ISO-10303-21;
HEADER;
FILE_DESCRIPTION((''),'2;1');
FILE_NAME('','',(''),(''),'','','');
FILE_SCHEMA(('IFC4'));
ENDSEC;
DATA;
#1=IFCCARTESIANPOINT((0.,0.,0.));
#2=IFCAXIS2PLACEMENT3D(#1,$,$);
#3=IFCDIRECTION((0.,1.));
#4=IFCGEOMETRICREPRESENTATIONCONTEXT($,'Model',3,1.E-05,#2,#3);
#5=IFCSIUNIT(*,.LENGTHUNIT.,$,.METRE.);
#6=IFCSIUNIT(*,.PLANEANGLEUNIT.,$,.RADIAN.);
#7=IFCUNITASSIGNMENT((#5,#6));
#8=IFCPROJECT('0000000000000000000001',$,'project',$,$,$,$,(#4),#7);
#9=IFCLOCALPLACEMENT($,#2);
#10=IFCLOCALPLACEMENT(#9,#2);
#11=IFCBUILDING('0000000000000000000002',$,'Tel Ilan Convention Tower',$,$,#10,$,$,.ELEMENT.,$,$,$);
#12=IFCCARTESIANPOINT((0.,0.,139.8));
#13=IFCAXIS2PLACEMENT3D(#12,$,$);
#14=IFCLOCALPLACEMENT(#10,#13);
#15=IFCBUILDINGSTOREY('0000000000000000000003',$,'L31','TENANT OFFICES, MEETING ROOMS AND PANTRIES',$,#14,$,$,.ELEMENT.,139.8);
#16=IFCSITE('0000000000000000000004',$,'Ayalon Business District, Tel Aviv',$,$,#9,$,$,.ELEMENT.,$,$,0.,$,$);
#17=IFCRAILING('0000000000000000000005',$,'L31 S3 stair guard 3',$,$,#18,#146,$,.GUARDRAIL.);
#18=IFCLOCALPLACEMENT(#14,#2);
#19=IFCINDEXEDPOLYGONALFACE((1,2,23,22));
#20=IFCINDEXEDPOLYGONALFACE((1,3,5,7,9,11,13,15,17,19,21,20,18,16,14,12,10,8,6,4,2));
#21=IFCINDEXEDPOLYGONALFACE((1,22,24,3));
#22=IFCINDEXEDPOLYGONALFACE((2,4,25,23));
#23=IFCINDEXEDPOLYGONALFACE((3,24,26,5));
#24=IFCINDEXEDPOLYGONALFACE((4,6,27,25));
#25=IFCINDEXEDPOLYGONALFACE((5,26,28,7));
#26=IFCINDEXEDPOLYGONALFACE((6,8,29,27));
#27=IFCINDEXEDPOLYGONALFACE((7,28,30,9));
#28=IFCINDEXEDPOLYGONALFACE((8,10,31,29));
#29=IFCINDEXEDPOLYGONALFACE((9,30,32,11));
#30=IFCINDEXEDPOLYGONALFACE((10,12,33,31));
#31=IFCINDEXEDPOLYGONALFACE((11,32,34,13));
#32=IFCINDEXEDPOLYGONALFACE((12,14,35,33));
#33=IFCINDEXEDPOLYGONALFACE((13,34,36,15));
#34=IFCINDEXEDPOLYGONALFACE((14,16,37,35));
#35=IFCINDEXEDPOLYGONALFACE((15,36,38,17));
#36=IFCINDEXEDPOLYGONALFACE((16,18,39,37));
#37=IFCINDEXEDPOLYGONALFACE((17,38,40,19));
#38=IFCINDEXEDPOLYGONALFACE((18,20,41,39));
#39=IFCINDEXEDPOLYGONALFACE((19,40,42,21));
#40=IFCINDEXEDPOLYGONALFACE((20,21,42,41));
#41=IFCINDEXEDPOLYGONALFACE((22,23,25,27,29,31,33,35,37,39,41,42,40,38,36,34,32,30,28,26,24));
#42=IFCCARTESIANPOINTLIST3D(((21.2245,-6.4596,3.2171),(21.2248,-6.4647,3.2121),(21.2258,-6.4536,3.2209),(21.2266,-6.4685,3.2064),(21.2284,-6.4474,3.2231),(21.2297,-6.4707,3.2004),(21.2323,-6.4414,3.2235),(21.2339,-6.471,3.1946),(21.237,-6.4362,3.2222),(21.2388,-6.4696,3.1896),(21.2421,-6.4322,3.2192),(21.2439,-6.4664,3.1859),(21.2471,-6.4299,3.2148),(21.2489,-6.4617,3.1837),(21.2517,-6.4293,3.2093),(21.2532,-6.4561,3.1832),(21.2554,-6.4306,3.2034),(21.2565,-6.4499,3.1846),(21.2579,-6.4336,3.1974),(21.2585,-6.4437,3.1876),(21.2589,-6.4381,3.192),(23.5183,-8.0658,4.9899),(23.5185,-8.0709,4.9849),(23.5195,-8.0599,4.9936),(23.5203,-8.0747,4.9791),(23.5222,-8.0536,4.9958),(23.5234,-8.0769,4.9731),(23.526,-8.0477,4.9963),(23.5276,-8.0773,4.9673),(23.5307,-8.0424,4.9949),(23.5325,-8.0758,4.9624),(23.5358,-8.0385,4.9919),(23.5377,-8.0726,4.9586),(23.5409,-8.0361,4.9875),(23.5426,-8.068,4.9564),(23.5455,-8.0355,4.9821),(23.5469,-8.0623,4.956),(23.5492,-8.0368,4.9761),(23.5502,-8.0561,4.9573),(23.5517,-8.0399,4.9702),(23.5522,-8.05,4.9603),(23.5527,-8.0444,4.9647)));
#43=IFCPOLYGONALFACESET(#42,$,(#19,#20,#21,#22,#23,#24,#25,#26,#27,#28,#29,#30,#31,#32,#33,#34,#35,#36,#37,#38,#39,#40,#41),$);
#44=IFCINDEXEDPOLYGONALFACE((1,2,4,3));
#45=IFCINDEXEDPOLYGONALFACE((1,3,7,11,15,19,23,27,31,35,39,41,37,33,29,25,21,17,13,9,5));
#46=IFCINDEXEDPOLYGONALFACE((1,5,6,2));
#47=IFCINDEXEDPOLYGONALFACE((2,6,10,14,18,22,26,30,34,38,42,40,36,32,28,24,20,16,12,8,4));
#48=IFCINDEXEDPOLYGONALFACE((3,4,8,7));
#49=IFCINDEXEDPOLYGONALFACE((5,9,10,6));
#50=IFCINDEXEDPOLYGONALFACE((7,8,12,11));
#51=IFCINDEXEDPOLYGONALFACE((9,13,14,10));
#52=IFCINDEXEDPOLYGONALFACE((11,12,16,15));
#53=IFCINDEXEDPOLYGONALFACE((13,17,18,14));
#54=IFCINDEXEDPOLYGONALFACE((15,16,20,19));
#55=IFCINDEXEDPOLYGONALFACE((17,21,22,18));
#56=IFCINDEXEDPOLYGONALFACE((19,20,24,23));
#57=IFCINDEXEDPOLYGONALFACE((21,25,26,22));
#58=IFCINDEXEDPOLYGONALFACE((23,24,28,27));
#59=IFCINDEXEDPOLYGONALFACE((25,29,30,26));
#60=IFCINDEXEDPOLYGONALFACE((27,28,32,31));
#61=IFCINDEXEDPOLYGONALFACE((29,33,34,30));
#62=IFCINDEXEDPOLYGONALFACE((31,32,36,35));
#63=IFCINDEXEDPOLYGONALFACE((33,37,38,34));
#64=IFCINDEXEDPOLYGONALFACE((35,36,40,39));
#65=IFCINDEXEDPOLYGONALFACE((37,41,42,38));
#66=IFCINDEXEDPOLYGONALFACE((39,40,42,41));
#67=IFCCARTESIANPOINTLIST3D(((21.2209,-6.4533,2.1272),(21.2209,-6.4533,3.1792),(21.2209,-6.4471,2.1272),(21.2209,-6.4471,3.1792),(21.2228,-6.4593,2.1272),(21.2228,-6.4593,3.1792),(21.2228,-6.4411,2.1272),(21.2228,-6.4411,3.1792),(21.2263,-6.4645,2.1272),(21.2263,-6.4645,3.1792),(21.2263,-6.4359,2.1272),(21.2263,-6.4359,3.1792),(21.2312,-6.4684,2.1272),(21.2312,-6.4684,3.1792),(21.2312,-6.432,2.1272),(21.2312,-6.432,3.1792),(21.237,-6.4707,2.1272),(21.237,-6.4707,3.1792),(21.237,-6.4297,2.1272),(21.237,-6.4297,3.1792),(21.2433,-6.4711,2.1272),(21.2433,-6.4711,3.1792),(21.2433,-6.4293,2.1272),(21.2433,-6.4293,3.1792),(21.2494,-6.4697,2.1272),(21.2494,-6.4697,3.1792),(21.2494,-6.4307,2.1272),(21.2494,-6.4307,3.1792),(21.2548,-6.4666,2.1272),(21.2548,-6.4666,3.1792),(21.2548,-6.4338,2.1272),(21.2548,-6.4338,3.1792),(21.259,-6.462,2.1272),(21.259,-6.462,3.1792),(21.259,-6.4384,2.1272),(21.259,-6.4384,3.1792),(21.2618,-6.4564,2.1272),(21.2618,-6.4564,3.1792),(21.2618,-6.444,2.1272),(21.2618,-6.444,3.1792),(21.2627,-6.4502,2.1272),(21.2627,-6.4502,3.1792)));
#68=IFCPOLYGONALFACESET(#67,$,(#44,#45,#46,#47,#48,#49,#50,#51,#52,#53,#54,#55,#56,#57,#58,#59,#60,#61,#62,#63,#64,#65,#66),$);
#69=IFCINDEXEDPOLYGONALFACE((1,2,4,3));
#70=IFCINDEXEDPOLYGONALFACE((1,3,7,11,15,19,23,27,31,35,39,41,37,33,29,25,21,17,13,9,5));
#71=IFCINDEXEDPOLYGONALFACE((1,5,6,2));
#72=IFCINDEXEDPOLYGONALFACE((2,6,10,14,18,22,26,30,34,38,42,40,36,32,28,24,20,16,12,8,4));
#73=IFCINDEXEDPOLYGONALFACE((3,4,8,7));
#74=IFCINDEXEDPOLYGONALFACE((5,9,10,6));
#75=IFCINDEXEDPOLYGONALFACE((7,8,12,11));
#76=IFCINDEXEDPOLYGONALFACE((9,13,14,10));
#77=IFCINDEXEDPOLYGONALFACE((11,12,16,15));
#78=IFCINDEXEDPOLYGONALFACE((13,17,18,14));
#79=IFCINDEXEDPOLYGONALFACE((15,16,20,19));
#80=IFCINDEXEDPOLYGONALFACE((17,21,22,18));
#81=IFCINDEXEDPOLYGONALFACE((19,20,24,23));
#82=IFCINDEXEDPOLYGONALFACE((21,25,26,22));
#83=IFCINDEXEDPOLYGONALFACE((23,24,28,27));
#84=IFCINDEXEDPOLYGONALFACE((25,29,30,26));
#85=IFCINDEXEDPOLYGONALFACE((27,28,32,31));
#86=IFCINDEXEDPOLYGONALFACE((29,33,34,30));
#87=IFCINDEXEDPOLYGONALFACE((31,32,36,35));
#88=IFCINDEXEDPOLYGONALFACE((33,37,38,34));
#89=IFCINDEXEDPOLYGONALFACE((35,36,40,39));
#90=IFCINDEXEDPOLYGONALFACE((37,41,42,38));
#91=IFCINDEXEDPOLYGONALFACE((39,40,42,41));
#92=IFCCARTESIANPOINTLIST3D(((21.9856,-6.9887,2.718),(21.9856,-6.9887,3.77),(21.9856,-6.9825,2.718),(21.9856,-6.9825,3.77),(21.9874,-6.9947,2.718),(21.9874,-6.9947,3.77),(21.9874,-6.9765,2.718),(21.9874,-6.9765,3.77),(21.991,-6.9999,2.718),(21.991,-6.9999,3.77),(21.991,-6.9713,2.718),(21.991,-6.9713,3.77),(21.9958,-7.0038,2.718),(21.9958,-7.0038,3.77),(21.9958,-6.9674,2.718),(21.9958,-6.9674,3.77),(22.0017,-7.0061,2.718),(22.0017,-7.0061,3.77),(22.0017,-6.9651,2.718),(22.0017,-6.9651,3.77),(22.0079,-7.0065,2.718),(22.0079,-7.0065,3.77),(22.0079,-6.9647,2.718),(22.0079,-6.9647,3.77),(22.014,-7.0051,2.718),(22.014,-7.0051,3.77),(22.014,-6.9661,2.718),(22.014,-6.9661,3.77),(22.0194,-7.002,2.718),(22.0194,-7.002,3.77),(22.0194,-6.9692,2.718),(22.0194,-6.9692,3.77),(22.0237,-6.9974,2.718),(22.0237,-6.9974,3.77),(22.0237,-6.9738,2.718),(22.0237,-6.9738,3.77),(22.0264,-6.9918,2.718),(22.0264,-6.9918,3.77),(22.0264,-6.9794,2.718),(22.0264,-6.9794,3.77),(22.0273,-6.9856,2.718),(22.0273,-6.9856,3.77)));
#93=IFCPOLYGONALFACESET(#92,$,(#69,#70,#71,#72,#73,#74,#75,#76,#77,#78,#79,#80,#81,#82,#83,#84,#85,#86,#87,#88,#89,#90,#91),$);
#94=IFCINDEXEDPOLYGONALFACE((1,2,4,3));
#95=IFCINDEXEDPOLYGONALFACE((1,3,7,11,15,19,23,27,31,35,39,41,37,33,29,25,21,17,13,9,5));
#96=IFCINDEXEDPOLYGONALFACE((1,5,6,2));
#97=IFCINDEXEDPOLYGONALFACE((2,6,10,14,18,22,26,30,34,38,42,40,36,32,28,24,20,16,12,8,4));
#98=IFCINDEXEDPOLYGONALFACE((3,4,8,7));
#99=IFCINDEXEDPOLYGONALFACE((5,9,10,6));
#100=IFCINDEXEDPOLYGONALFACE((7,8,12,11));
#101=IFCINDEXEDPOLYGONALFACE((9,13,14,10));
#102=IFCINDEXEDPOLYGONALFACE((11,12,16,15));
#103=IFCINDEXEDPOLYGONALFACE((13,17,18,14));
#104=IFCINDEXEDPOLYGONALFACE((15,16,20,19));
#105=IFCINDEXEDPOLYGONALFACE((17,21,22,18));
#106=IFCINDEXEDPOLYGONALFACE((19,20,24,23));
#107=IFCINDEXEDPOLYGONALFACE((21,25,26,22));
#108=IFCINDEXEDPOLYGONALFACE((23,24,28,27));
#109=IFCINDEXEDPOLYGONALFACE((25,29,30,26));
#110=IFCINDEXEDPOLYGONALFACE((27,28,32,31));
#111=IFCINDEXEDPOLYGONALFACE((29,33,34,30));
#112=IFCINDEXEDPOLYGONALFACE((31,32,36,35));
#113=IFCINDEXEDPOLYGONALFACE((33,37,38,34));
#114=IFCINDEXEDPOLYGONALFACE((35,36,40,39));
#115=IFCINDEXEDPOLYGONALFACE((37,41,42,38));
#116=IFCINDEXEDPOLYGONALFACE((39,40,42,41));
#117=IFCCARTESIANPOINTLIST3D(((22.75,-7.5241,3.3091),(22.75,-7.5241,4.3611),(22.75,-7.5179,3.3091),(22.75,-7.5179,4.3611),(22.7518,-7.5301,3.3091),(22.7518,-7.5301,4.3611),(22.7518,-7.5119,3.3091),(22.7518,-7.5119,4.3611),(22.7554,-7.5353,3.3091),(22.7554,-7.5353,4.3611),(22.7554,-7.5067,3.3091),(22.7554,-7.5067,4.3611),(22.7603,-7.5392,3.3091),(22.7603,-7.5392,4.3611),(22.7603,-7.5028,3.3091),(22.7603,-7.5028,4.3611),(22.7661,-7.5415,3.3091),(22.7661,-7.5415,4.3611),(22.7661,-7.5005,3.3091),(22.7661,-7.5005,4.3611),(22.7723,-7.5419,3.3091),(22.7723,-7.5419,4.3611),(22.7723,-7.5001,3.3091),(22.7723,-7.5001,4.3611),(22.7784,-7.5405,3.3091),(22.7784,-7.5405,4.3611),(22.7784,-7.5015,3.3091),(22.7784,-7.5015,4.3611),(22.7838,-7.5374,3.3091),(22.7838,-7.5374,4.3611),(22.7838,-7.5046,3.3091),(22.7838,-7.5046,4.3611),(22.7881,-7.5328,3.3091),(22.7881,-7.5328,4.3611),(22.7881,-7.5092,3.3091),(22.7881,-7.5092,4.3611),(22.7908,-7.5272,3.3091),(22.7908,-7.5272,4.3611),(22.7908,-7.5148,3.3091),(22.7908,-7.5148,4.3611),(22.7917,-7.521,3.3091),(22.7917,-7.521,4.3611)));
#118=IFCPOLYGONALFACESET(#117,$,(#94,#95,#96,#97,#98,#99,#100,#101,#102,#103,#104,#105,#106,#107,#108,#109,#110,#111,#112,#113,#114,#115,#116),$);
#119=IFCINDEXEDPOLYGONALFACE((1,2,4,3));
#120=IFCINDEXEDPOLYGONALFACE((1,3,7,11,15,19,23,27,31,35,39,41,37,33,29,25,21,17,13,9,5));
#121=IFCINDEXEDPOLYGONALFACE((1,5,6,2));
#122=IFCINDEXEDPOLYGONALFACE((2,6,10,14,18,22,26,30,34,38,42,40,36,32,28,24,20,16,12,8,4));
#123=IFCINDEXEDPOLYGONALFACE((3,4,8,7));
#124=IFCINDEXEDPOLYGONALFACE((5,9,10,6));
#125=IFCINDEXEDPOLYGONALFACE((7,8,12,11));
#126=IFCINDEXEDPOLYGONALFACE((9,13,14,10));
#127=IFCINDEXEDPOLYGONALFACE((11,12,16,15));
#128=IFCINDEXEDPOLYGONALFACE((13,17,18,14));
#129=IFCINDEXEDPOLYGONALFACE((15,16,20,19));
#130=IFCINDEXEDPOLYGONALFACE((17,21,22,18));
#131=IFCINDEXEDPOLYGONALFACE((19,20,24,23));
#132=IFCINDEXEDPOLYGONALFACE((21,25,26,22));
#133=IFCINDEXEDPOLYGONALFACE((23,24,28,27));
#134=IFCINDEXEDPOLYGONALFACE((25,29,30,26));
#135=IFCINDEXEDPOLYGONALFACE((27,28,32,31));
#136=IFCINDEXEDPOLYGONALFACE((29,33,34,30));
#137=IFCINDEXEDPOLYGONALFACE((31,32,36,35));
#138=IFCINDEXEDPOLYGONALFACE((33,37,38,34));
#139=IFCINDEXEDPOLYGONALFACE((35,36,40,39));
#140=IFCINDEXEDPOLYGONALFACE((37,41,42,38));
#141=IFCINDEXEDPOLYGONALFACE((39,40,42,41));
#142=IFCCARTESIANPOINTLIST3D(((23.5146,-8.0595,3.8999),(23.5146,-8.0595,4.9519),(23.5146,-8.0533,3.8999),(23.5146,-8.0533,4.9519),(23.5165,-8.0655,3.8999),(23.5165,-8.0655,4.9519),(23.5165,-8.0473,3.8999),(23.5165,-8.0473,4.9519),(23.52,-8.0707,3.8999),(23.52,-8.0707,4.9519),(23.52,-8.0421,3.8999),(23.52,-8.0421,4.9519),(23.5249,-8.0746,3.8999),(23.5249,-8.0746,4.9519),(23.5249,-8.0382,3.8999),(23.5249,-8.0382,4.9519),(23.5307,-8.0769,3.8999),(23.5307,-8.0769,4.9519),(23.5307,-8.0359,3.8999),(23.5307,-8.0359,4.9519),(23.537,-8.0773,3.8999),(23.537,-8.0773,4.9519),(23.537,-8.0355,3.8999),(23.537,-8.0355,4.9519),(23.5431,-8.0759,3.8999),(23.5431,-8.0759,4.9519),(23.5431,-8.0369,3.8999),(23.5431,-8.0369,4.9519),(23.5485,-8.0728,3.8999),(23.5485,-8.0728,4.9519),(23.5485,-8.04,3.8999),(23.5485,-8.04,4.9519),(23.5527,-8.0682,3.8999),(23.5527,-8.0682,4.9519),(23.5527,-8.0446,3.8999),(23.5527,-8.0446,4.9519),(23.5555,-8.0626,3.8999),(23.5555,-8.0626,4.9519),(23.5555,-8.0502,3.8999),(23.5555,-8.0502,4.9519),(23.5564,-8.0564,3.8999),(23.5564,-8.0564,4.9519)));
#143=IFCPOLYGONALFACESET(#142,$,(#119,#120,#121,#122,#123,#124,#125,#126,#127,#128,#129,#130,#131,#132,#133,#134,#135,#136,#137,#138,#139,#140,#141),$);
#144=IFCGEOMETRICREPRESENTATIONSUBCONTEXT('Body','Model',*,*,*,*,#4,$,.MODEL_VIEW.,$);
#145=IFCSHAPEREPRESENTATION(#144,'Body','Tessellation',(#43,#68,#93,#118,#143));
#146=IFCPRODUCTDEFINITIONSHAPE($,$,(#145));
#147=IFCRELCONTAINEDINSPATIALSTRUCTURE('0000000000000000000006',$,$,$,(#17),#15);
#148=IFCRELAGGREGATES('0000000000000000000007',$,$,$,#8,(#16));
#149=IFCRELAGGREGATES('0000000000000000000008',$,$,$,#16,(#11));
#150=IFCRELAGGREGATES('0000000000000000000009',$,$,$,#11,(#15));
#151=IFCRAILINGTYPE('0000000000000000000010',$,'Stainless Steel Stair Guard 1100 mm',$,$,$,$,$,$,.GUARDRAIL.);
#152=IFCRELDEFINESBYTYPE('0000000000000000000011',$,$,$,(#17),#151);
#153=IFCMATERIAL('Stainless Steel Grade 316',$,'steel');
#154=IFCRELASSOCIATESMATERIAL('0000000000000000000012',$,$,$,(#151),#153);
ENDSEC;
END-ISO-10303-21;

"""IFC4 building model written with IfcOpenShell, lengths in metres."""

from ifc_helpers import new_model, si_unit, direction, frame, origin, origin_2d, place, context, subcontext, project, spatial, circle, extrude, material, type_object, element, save


model = new_model("IFC4")

# Units and contexts
model_context = context("Model", 3, precision=1e-05, world=origin(), true_north=direction((0.0, 1.0)))
body_context = subcontext(model_context, "Body", "Model", "MODEL_VIEW")
ifc_project = project(units=[si_unit("LENGTHUNIT", "METRE"), si_unit("PLANEANGLEUNIT", "RADIAN")], contexts=[model_context])

# Site, building, storey
site_placement = place(None, origin())
site = spatial("IfcSite", under=ifc_project, at=site_placement, Name="Ayalon Business District, Tel Aviv", CompositionType="ELEMENT", RefElevation=0.0)
building_placement = place(site_placement, origin())
building = spatial("IfcBuilding", under=site, at=building_placement, Name="Tel Ilan Convention Tower", CompositionType="ELEMENT")
storey_placement = place(building_placement, frame((0.0, 0.0, 139.8)))
storey = spatial("IfcBuildingStorey", under=building, at=storey_placement, Name="L31", Description="TENANT OFFICES, MEETING ROOMS AND PANTRIES", CompositionType="ELEMENT", Elevation=139.8)

# Railing
ifc_material_1 = material(Name="Stainless Steel Grade 316", Category="steel")
railing_type_1 = type_object("IfcRailingType", Name="Stainless Steel Stair Guard 1100 mm", PredefinedType="GUARDRAIL", material=ifc_material_1)
railing_1_placement = place(storey_placement, frame((21.2417, -6.4502, 2.1272)))
element("IfcRailing", 1, at=railing_1_placement, inside=storey, type_object=railing_type_1, Name="L31 S3 stair guard 3", PredefinedType="GUARDRAIL", context=body_context, shape_type="SweptSolid", body=[
    extrude(circle(Radius=0.0239, at=origin_2d()), frame((0.0, 0.0, 1.0762), z_axis=(0.692098, -0.484653, 0.534894), x_axis=(0.573609, 0.81913, 0.0)), (0.0, 0.0, 1.0), 3.3142),
    extrude(circle(Radius=0.021, at=origin_2d()), origin(), (0.0, 0.0, 1.0), 1.052),
    extrude(circle(Radius=0.021, at=origin_2d()), frame((0.7646, -0.5354, 0.5908)), (0.0, 0.0, 1.0), 1.052),
    extrude(circle(Radius=0.021, at=origin_2d()), frame((1.5291, -1.0708, 1.1819)), (0.0, 0.0, 1.0), 1.052),
    extrude(circle(Radius=0.021, at=origin_2d()), frame((2.2937, -1.6062, 1.7727)), (0.0, 0.0, 1.0), 1.052),
])

save(model, "model.ifc")
